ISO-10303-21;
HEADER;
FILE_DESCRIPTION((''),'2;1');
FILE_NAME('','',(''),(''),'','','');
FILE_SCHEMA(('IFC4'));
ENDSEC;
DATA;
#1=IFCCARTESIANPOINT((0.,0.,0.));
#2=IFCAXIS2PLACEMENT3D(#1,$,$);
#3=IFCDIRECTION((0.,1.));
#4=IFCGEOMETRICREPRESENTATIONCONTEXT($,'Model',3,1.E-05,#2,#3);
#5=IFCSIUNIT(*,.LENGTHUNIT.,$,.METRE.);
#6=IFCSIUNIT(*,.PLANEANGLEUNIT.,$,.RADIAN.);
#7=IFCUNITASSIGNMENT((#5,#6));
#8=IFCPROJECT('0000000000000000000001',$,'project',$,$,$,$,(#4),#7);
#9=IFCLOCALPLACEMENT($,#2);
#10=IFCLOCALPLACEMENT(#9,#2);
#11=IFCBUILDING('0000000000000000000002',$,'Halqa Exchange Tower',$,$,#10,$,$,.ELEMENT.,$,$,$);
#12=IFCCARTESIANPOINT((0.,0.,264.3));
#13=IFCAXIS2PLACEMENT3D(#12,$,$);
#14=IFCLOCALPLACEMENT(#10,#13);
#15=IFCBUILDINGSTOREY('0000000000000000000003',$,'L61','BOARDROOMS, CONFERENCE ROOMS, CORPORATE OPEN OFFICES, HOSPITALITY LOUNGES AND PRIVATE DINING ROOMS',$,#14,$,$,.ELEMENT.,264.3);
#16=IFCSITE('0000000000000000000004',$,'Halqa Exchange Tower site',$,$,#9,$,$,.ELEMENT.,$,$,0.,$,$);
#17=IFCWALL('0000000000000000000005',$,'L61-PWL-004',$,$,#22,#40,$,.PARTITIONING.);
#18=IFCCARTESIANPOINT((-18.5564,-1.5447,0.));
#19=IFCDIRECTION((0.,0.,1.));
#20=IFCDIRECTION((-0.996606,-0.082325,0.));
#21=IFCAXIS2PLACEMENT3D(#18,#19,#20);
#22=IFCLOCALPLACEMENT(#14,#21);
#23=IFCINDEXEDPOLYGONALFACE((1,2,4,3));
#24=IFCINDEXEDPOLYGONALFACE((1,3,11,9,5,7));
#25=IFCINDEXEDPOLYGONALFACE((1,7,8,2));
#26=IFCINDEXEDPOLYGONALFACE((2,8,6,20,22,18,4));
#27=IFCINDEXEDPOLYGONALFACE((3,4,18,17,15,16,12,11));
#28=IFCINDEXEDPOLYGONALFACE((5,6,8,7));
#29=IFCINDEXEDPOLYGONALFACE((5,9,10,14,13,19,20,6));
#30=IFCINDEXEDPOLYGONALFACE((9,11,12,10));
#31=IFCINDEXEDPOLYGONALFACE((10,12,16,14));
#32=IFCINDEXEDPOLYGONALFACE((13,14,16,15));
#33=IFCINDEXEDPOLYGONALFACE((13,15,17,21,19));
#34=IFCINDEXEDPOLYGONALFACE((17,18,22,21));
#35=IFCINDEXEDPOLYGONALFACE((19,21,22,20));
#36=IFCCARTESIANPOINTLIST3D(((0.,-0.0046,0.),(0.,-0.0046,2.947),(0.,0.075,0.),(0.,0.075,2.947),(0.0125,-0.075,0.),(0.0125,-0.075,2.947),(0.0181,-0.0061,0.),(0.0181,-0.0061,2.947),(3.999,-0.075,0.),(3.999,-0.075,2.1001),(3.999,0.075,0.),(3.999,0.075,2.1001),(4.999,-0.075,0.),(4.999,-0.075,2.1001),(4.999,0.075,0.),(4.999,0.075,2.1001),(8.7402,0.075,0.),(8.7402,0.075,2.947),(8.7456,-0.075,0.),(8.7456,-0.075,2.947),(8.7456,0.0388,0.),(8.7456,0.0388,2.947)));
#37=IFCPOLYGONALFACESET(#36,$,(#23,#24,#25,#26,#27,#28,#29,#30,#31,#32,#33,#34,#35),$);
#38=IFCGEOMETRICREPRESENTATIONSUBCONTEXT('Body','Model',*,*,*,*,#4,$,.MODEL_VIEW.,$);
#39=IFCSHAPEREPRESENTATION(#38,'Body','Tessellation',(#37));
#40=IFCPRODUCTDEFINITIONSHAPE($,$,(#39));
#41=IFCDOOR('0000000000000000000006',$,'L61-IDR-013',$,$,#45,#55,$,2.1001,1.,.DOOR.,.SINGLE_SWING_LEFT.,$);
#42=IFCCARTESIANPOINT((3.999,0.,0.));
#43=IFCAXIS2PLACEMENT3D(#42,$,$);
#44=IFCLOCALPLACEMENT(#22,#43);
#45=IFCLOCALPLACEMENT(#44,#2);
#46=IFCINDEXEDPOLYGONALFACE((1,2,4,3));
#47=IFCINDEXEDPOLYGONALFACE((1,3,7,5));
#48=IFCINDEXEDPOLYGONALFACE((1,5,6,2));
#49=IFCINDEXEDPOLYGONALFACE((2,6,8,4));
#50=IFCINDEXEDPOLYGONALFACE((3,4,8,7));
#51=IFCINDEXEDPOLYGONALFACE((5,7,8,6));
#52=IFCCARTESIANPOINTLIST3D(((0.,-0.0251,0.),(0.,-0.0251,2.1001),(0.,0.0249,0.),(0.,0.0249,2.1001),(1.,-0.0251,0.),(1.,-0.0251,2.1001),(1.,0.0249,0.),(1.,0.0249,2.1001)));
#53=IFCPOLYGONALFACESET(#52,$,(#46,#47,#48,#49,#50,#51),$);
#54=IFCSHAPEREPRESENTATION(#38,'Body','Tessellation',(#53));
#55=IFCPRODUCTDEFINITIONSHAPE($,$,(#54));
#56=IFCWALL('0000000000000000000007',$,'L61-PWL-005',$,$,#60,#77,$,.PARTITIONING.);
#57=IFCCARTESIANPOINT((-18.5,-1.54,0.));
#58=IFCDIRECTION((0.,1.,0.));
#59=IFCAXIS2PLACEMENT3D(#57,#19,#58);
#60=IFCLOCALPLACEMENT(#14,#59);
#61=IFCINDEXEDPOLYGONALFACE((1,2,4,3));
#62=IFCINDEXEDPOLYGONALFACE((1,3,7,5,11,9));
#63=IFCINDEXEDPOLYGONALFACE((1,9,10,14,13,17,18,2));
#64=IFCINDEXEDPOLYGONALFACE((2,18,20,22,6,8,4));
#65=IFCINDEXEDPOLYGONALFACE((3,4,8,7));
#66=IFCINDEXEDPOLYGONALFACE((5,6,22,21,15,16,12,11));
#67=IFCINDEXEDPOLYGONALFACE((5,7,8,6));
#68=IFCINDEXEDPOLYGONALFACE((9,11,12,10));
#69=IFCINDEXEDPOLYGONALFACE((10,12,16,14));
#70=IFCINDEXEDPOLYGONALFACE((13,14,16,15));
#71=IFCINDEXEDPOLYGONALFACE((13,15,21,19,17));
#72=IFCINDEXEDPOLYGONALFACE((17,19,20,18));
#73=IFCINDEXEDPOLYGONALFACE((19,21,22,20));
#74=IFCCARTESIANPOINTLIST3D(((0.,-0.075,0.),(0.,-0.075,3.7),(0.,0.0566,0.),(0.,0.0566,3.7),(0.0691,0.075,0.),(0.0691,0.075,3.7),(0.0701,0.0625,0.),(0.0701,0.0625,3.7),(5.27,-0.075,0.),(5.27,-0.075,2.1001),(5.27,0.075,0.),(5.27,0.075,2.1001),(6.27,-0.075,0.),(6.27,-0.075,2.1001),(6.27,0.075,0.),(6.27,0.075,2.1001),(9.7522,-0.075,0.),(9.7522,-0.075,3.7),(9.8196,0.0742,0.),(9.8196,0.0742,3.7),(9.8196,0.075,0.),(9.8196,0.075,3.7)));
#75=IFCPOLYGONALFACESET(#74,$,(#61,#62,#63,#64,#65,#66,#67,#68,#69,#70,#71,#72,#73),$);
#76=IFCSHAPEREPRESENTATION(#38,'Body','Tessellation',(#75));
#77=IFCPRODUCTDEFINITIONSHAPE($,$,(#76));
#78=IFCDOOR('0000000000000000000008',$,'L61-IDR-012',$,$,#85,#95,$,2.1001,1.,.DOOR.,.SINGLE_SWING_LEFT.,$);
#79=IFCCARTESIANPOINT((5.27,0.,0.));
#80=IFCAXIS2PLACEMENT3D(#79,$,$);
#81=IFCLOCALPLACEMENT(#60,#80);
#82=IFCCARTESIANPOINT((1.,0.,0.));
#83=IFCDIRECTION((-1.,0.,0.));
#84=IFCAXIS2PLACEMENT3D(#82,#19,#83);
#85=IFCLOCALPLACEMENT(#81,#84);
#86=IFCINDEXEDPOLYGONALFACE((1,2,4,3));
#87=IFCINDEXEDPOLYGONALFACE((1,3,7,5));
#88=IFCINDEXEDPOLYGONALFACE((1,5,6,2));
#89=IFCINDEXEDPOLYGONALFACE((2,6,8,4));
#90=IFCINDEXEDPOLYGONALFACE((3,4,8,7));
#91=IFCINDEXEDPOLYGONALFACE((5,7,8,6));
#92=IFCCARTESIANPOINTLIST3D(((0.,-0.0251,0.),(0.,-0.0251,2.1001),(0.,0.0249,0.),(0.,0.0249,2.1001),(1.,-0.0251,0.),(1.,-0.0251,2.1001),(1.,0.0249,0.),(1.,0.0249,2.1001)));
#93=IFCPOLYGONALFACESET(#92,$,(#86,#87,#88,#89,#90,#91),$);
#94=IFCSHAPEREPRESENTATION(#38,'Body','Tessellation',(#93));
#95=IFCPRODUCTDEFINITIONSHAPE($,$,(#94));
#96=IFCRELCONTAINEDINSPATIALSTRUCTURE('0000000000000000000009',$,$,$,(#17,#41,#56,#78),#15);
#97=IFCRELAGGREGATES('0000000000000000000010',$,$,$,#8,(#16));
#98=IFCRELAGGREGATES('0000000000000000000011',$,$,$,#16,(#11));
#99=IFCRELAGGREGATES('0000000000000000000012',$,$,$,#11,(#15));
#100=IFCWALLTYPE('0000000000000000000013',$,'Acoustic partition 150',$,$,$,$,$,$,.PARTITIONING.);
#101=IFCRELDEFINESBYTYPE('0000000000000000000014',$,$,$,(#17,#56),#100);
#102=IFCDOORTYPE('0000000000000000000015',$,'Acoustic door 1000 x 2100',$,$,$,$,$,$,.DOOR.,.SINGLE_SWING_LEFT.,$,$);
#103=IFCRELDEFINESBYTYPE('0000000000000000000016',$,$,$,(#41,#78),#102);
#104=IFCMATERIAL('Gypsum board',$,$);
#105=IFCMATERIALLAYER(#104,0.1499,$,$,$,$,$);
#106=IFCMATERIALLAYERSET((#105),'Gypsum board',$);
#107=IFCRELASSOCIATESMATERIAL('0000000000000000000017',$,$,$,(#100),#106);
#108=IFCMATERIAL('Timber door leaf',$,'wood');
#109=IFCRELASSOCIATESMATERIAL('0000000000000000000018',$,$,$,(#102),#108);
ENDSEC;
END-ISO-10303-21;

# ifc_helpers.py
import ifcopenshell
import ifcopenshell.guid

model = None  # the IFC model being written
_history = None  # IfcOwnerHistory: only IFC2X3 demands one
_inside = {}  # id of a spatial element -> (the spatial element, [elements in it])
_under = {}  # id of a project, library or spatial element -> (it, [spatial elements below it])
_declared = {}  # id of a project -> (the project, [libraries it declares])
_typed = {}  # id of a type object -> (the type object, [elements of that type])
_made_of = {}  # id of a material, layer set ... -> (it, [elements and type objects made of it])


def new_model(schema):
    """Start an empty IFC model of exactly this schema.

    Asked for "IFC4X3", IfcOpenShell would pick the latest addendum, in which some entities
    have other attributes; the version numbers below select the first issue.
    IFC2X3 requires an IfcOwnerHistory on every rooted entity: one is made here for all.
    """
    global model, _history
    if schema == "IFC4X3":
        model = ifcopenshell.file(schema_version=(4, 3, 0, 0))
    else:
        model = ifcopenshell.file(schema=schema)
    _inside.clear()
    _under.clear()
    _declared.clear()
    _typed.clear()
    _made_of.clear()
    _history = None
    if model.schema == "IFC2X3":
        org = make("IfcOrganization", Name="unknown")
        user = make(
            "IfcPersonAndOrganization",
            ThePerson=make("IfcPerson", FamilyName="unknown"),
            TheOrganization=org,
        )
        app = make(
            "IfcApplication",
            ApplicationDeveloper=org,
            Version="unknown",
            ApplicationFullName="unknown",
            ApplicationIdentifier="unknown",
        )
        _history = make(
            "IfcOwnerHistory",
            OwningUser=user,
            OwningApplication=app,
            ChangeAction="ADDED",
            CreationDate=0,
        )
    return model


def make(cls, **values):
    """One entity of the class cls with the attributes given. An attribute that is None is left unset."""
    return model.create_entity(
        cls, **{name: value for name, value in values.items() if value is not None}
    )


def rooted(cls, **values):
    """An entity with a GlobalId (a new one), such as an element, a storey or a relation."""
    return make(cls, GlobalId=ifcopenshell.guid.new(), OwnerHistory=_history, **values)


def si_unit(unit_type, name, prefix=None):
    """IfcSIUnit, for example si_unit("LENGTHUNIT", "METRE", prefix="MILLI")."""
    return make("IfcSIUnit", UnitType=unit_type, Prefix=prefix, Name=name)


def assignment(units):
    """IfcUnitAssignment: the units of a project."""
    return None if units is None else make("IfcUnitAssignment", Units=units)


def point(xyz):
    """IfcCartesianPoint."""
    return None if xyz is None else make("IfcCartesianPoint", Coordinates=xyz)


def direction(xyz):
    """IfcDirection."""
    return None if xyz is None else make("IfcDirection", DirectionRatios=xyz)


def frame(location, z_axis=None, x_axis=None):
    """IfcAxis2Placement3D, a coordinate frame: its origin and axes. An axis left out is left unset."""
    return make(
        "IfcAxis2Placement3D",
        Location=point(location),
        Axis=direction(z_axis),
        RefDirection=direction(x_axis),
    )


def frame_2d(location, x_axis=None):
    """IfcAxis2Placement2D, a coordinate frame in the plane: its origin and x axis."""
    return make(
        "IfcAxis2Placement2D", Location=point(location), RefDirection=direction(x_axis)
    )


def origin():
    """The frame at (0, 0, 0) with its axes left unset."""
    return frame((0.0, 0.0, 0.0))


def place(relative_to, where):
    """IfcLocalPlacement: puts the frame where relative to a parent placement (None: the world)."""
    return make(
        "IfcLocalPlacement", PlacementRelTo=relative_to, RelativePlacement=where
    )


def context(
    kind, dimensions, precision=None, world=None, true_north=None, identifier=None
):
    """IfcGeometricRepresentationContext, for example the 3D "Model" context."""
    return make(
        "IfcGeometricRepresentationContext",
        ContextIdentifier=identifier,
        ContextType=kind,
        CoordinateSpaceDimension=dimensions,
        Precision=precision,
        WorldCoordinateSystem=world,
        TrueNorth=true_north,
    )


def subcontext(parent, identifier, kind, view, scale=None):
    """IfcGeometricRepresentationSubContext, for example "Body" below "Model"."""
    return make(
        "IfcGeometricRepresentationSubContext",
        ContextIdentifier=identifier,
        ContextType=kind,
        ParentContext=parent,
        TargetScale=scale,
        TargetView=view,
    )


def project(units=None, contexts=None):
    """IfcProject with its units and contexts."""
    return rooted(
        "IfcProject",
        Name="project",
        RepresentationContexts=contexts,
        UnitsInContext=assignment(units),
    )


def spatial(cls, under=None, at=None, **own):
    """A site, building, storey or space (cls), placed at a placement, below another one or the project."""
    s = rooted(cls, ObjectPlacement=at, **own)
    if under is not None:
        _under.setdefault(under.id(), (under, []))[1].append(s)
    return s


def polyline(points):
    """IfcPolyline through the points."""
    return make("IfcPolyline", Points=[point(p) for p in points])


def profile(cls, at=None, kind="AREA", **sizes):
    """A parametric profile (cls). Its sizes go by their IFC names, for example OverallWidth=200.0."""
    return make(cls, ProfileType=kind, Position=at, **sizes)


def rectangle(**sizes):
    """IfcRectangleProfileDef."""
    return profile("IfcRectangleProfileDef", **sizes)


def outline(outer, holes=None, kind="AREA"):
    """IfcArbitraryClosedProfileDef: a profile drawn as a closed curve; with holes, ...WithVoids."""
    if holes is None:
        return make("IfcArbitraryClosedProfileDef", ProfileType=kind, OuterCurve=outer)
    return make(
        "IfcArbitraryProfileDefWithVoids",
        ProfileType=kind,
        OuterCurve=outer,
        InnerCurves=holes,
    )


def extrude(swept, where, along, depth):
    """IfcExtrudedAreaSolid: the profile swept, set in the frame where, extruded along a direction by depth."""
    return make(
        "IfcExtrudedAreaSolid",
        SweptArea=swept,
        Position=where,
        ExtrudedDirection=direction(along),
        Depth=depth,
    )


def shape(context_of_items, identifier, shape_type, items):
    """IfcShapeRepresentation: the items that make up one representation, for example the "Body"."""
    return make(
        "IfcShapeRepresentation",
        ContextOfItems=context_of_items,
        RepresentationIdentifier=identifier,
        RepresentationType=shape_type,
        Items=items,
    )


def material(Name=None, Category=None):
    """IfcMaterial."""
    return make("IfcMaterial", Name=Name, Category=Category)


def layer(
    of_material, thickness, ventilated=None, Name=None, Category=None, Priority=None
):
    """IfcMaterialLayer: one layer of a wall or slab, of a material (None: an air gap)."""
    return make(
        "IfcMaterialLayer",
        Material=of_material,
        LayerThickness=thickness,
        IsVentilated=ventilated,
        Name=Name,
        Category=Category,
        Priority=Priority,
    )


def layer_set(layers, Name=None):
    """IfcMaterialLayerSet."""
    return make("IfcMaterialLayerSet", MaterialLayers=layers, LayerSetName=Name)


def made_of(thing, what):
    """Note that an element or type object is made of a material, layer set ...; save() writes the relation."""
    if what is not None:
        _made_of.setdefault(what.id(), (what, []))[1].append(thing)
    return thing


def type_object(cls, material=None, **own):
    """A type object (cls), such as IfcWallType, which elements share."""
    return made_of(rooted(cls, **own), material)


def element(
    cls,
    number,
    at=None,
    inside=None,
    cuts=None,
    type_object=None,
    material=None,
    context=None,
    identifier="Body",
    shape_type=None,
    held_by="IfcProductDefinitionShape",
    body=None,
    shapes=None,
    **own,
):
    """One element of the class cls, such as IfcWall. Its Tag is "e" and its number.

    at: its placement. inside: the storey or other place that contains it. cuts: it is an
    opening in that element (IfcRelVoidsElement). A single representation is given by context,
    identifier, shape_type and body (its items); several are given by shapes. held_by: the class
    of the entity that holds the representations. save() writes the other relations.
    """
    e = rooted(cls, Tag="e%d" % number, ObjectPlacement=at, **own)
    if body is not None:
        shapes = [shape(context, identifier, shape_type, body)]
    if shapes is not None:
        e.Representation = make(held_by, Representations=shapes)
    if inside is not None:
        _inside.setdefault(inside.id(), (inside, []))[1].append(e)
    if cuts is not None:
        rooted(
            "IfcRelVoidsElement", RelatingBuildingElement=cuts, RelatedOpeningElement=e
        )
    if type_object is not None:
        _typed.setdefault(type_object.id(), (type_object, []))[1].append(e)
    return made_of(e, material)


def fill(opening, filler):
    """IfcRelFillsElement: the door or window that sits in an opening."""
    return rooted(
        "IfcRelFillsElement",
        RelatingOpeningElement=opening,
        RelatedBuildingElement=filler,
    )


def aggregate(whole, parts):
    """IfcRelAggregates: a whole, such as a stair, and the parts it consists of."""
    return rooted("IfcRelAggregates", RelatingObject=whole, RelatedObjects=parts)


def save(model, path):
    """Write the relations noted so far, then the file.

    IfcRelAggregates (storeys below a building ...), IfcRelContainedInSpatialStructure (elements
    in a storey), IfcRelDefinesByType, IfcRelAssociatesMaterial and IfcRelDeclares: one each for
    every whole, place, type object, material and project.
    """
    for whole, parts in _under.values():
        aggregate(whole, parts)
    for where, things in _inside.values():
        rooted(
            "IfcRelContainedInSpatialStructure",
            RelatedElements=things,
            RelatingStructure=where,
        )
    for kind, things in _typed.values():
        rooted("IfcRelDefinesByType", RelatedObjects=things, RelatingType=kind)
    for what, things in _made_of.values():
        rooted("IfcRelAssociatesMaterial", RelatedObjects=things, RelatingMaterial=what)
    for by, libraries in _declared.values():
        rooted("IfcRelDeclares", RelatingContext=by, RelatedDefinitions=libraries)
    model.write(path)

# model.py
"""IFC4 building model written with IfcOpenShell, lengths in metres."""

from ifc_helpers import new_model, si_unit, direction, frame, frame_2d, origin, place, context, subcontext, project, spatial, polyline, rectangle, outline, extrude, material, layer, layer_set, type_object, element, fill, save


model = new_model("IFC4")

# Units and contexts
model_context = context("Model", 3, precision=1e-05, world=origin(), true_north=direction((0.0, 1.0)))
body_context = subcontext(model_context, "Body", "Model", "MODEL_VIEW")
ifc_project = project(units=[si_unit("LENGTHUNIT", "METRE"), si_unit("PLANEANGLEUNIT", "RADIAN")], contexts=[model_context])

# Site, building, storey
site_placement = place(None, origin())
site = spatial("IfcSite", under=ifc_project, at=site_placement, Name="Halqa Exchange Tower site", CompositionType="ELEMENT", RefElevation=0.0)
building_placement = place(site_placement, origin())
building = spatial("IfcBuilding", under=site, at=building_placement, Name="Halqa Exchange Tower", CompositionType="ELEMENT")
storey_placement = place(building_placement, frame((0.0, 0.0, 264.3)))
storey = spatial("IfcBuildingStorey", under=building, at=storey_placement, Name="L61", Description="BOARDROOMS, CONFERENCE ROOMS, CORPORATE OPEN OFFICES, HOSPITALITY LOUNGES AND PRIVATE DINING ROOMS", CompositionType="ELEMENT", Elevation=264.3)

# Walls, openings, doors
ifc_material_1 = material(Name="Gypsum board")
ifc_layer_1 = layer(ifc_material_1, 0.1499)
ifc_layer_set_1 = layer_set([ifc_layer_1], Name="Gypsum board")
wall_type_1 = type_object("IfcWallType", Name="Acoustic partition 150", PredefinedType="PARTITIONING", material=ifc_layer_set_1)
wall_1_placement = place(storey_placement, frame((-18.5564, -1.5447, 0.0), z_axis=(0.0, 0.0, 1.0), x_axis=(-0.996606, -0.082325, 0.0)))
wall_1 = element("IfcWall", 1, at=wall_1_placement, inside=storey, type_object=wall_type_1, Name="L61-PWL-004", PredefinedType="PARTITIONING", context=body_context, shape_type="SweptSolid", body=[
    extrude(outline(polyline([(8.7456, -0.075), (8.7456, 0.0388), (8.7402, 0.075), (6.9922, 0.075), (5.2441, 0.075), (3.4961, 0.075), (1.748, 0.075), (0.0, 0.075), (0.0, -0.0046), (0.0181, -0.0061), (0.0125, -0.075), (1.759, -0.075), (3.5056, -0.075), (5.2524, -0.075), (6.999, -0.075), (8.7456, -0.075)])), origin(), (0.0, 0.0, 1.0), 2.947),
])
opening_1_placement = place(wall_1_placement, frame((3.999, 0.0, 0.0)))
opening_1 = element("IfcOpeningElement", 2, at=opening_1_placement, cuts=wall_1, PredefinedType="OPENING", context=body_context, shape_type="SweptSolid", body=[
    extrude(rectangle(XDim=1.0, YDim=2.1001, at=frame_2d((0.5, 1.05))), frame((0.0, 0.0869, 0.0), z_axis=(0.0, -1.0, 0.0), x_axis=(1.0, 0.0, 0.0)), (0.0, 0.0, 1.0), 0.1738),
])
ifc_material_2 = material(Name="Timber door leaf", Category="wood")
door_type_1 = type_object("IfcDoorType", Name="Acoustic door 1000 x 2100", OperationType="SINGLE_SWING_LEFT", PredefinedType="DOOR", material=ifc_material_2)
door_1_placement = place(opening_1_placement, origin())
door_1 = element("IfcDoor", 3, at=door_1_placement, inside=storey, type_object=door_type_1, Name="L61-IDR-013", OperationType="SINGLE_SWING_LEFT", OverallHeight=2.1001, OverallWidth=1.0, PredefinedType="DOOR", context=body_context, shape_type="SweptSolid", body=[
    extrude(rectangle(XDim=1.0, YDim=2.1001, at=frame_2d((0.5, 1.05))), frame((0.0, 0.0249, 0.0), z_axis=(0.0, -1.0, 0.0), x_axis=(1.0, 0.0, 0.0)), (0.0, 0.0, 1.0), 0.05),
])
fill(opening_1, door_1)
wall_2_placement = place(storey_placement, frame((-18.5, -1.54, 0.0), z_axis=(0.0, 0.0, 1.0), x_axis=(0.0, 1.0, 0.0)))
wall_2 = element("IfcWall", 4, at=wall_2_placement, inside=storey, type_object=wall_type_1, Name="L61-PWL-005", PredefinedType="PARTITIONING", context=body_context, shape_type="SweptSolid", body=[
    extrude(outline(polyline([(0.0, -0.075), (1.9504, -0.075), (3.9009, -0.075), (5.8513, -0.075), (7.8018, -0.075), (9.7522, -0.075), (9.8196, 0.0742), (9.8196, 0.075), (7.8694, 0.075), (5.9194, 0.075), (3.9692, 0.075), (2.0193, 0.075), (0.0691, 0.075), (0.0701, 0.0625), (0.0, 0.0566), (0.0, 0.05), (0.0, 0.05), (0.0, -0.05), (0.0, -0.05), (0.0, -0.075)])), origin(), (0.0, 0.0, 1.0), 3.7),
])
opening_2_placement = place(wall_2_placement, frame((5.27, 0.0, 0.0)))
opening_2 = element("IfcOpeningElement", 5, at=opening_2_placement, cuts=wall_2, PredefinedType="OPENING", context=body_context, shape_type="SweptSolid", body=[
    extrude(rectangle(XDim=1.0, YDim=2.1001, at=frame_2d((0.5, 1.05))), frame((0.0, 0.0869, 0.0), z_axis=(0.0, -1.0, 0.0), x_axis=(1.0, 0.0, 0.0)), (0.0, 0.0, 1.0), 0.1738),
])
door_2_placement = place(opening_2_placement, frame((1.0, 0.0, 0.0), z_axis=(0.0, 0.0, 1.0), x_axis=(-1.0, 0.0, 0.0)))
door_2 = element("IfcDoor", 6, at=door_2_placement, inside=storey, type_object=door_type_1, Name="L61-IDR-012", OperationType="SINGLE_SWING_LEFT", OverallHeight=2.1001, OverallWidth=1.0, PredefinedType="DOOR", context=body_context, shape_type="SweptSolid", body=[
    extrude(rectangle(XDim=1.0, YDim=2.1001, at=frame_2d((0.5, 1.05))), frame((0.0, 0.0249, 0.0), z_axis=(0.0, -1.0, 0.0), x_axis=(1.0, 0.0, 0.0)), (0.0, 0.0, 1.0), 0.05),
])
fill(opening_2, door_2)

save(model, "model.ifc")
